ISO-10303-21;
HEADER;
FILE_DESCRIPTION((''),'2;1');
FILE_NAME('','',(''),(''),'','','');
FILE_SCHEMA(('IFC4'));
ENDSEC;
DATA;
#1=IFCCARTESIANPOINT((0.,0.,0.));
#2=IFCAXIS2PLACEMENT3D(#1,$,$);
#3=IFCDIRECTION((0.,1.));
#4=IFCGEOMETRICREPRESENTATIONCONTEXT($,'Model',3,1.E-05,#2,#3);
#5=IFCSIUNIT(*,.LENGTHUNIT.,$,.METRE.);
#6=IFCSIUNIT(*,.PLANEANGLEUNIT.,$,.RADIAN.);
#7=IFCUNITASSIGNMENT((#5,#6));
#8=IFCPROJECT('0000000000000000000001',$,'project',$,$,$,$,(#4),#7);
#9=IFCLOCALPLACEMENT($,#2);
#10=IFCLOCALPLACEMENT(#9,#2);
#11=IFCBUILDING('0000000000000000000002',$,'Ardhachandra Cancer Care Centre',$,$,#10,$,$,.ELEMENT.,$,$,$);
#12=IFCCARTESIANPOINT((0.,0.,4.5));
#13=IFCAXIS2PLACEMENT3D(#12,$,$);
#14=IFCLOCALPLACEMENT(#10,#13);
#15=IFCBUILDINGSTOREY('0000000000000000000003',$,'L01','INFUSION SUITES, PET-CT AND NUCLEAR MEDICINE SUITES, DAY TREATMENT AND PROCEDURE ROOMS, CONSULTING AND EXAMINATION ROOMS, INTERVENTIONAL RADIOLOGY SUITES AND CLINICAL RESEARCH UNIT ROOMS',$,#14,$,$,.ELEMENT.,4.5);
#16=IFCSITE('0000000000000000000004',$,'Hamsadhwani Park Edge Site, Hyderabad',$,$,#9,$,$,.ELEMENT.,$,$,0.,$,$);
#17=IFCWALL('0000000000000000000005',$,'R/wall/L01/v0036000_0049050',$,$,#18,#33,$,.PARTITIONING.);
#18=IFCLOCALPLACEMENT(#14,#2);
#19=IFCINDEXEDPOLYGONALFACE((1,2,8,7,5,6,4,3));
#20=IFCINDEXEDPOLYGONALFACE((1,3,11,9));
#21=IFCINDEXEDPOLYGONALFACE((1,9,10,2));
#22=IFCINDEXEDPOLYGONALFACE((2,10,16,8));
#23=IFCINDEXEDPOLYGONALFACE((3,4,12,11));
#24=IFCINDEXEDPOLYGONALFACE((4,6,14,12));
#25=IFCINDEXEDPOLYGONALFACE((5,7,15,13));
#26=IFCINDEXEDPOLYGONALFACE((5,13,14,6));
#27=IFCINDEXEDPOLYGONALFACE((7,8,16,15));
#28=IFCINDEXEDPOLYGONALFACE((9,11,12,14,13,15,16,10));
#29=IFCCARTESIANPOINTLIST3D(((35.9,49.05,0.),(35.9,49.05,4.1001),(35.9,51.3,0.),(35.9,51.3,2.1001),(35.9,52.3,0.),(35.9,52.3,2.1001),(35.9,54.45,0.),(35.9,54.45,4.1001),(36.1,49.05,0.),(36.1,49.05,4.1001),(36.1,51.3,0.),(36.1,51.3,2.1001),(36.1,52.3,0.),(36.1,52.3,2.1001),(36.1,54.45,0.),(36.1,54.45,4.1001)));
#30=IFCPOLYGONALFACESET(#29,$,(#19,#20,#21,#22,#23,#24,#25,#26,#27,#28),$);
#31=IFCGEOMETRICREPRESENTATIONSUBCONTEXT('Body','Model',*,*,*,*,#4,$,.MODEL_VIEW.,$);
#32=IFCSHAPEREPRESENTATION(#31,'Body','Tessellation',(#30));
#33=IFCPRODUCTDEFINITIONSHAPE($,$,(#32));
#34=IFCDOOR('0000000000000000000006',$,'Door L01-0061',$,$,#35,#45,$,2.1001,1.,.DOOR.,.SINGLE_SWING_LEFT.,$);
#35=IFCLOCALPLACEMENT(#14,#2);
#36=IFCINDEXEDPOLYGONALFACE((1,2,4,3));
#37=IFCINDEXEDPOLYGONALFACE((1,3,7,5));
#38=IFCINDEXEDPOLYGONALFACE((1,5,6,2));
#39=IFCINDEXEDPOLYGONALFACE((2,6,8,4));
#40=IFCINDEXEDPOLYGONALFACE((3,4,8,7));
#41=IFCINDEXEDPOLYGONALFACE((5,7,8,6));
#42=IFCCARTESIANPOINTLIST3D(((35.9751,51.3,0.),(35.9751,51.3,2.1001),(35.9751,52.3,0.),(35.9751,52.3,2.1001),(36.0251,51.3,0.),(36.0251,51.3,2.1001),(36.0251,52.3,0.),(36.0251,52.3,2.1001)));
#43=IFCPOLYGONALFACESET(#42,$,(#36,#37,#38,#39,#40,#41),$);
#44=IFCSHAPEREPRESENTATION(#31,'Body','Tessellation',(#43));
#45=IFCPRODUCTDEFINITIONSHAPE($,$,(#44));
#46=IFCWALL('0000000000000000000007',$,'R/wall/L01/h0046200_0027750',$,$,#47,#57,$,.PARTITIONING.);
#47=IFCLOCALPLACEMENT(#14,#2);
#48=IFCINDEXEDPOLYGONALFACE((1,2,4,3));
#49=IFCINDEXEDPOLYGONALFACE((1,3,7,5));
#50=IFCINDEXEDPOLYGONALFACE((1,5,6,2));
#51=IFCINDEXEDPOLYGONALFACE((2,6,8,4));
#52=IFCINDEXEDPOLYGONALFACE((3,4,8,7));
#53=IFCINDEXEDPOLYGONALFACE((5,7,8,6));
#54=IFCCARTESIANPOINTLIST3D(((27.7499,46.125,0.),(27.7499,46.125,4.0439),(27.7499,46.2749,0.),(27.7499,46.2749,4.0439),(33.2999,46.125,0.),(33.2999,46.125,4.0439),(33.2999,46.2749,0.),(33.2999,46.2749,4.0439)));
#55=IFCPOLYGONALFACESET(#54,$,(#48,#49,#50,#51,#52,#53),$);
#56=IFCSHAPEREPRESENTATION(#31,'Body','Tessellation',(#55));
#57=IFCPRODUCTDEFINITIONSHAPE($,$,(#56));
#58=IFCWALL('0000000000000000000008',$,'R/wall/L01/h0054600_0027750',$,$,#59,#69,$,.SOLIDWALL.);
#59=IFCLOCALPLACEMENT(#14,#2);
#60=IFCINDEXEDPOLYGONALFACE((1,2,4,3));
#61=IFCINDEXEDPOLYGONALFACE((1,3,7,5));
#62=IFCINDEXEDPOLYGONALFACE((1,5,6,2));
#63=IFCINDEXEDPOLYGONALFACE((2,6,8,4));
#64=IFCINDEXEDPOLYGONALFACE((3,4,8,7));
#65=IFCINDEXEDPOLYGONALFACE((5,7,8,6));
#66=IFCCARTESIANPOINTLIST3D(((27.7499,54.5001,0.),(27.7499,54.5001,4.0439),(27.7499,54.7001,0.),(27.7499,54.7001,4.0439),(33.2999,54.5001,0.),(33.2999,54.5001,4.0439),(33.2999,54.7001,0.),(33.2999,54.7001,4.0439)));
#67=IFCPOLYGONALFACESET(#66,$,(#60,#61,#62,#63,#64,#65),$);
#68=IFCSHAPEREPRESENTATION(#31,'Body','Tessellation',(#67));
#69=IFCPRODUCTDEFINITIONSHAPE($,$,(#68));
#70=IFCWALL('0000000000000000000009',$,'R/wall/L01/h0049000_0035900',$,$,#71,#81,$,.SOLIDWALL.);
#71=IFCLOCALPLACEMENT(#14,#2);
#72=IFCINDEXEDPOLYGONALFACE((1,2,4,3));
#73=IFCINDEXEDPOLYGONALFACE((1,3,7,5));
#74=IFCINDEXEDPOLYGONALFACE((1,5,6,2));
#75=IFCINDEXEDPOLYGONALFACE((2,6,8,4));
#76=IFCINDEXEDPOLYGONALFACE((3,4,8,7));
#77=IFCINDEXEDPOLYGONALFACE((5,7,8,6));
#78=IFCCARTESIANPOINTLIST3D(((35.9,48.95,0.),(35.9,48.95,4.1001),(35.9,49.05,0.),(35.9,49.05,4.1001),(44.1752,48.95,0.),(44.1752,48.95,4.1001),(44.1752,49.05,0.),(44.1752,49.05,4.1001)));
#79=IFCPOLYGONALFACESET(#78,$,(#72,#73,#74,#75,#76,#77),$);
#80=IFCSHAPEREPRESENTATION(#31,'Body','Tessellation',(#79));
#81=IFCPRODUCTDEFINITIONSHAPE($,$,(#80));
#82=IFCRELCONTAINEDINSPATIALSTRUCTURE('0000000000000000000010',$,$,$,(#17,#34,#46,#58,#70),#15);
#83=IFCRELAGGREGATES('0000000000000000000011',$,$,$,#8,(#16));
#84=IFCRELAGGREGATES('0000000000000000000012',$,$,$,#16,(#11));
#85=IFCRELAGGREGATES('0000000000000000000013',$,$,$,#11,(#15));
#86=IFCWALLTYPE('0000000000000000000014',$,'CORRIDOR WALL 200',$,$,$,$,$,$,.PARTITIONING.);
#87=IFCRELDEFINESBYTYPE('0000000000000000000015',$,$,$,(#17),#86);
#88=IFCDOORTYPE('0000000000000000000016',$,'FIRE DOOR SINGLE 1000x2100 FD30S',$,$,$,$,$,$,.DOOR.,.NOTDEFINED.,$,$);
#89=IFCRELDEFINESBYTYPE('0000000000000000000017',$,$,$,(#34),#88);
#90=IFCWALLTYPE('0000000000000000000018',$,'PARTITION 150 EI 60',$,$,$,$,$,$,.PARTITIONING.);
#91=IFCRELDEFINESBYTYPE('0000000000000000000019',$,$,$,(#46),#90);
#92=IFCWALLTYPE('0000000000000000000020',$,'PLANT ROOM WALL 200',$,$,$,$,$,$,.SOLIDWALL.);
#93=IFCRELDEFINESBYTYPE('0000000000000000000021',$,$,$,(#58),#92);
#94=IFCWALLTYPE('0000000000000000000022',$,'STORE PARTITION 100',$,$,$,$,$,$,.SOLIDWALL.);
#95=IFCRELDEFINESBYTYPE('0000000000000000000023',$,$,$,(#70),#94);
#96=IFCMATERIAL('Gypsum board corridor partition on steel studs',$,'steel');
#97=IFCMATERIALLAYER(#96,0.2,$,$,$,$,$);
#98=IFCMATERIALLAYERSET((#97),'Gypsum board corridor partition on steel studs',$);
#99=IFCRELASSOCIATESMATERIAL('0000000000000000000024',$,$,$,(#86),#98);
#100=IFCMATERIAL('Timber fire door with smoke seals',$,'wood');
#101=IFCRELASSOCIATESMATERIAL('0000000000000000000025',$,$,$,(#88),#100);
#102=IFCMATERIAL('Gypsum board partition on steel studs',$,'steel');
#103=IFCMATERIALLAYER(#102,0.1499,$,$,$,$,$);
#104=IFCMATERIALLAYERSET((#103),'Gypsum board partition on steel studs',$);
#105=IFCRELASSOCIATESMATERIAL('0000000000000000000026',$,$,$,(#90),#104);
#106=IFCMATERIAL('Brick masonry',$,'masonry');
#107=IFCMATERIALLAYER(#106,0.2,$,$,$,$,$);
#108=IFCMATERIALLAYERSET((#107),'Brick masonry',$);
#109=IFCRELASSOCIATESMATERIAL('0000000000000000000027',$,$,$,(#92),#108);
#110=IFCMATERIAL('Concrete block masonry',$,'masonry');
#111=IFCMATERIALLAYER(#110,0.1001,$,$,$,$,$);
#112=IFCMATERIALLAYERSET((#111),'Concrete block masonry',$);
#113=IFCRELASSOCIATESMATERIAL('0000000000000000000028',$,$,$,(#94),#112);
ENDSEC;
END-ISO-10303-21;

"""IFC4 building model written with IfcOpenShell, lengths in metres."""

from ifc_helpers import new_model, si_unit, direction, frame, frame_2d, origin, place, context, subcontext, project, spatial, rectangle, extrude, material, layer, layer_set, type_object, element, fill, save


model = new_model("IFC4")

# Units and contexts
model_context = context("Model", 3, precision=1e-05, world=origin(), true_north=direction((0.0, 1.0)))
body_context = subcontext(model_context, "Body", "Model", "MODEL_VIEW")
ifc_project = project(units=[si_unit("LENGTHUNIT", "METRE"), si_unit("PLANEANGLEUNIT", "RADIAN")], contexts=[model_context])

# Site, building, storey
site_placement = place(None, origin())
site = spatial("IfcSite", under=ifc_project, at=site_placement, Name="Hamsadhwani Park Edge Site, Hyderabad", CompositionType="ELEMENT", RefElevation=0.0)
building_placement = place(site_placement, origin())
building = spatial("IfcBuilding", under=site, at=building_placement, Name="Ardhachandra Cancer Care Centre", CompositionType="ELEMENT")
storey_placement = place(building_placement, frame((0.0, 0.0, 4.5)))
storey = spatial("IfcBuildingStorey", under=building, at=storey_placement, Name="L01", Description="INFUSION SUITES, PET-CT AND NUCLEAR MEDICINE SUITES, DAY TREATMENT AND PROCEDURE ROOMS, CONSULTING AND EXAMINATION ROOMS, INTERVENTIONAL RADIOLOGY SUITES AND CLINICAL RESEARCH UNIT ROOMS", CompositionType="ELEMENT", Elevation=4.5)

# Shared definitions
ifc_material_1 = material(Name="Gypsum board corridor partition on steel studs", Category="steel")
ifc_layer_1 = layer(ifc_material_1, 0.2)
ifc_layer_set_1 = layer_set([ifc_layer_1], Name="Gypsum board corridor partition on steel studs")
wall_type_1 = type_object("IfcWallType", Name="CORRIDOR WALL 200", PredefinedType="PARTITIONING", material=ifc_layer_set_1)

# Shared definitions
ifc_material_2 = material(Name="Timber fire door with smoke seals", Category="wood")
door_type = type_object("IfcDoorType", Name="FIRE DOOR SINGLE 1000x2100 FD30S", OperationType="NOTDEFINED", PredefinedType="DOOR", material=ifc_material_2)

# Wall, opening, door
wall_1_placement = place(storey_placement, frame((36.0, 49.05, 0.0), z_axis=(0.0, 0.0, 1.0), x_axis=(0.0, 1.0, 0.0)))
wall_1 = element("IfcWall", 1, at=wall_1_placement, inside=storey, type_object=wall_type_1, Name="R/wall/L01/v0036000_0049050", PredefinedType="PARTITIONING", context=body_context, shape_type="SweptSolid", body=[
    extrude(rectangle(XDim=5.3999, YDim=0.2, at=frame_2d((2.7, 0.0))), origin(), (0.0, 0.0, 1.0), 4.1001),
])
opening_1_placement = place(wall_1_placement, frame((2.25, 0.0, 0.0)))
opening_1 = element("IfcOpeningElement", 2, at=opening_1_placement, cuts=wall_1, PredefinedType="OPENING", context=body_context, shape_type="SweptSolid", body=[
    extrude(rectangle(XDim=1.0, YDim=2.1001, at=frame_2d((0.5, 1.05))), frame((0.0, 0.1099, 0.0), z_axis=(0.0, -1.0, 0.0), x_axis=(1.0, 0.0, 0.0)), (0.0, 0.0, 1.0), 0.22),
])
door_1_placement = place(opening_1_placement, origin())
door_1 = element("IfcDoor", 3, at=door_1_placement, inside=storey, type_object=door_type, Name="Door L01-0061", OperationType="SINGLE_SWING_LEFT", OverallHeight=2.1001, OverallWidth=1.0, PredefinedType="DOOR", context=body_context, shape_type="SweptSolid", body=[
    extrude(rectangle(XDim=1.0, YDim=2.1001, at=frame_2d((0.5, 1.05))), frame((0.0, 0.0249, 0.0), z_axis=(0.0, -1.0, 0.0), x_axis=(1.0, 0.0, 0.0)), (0.0, 0.0, 1.0), 0.05),
])
fill(opening_1, door_1)

# Walls
ifc_material_3 = material(Name="Gypsum board partition on steel studs", Category="steel")
ifc_layer_2 = layer(ifc_material_3, 0.1499)
ifc_layer_set_2 = layer_set([ifc_layer_2], Name="Gypsum board partition on steel studs")
wall_type_2 = type_object("IfcWallType", Name="PARTITION 150 EI 60", PredefinedType="PARTITIONING", material=ifc_layer_set_2)
wall_2_placement = place(storey_placement, frame((27.75, 46.2, 0.0), z_axis=(0.0, 0.0, 1.0), x_axis=(1.0, 0.0, 0.0)))
element("IfcWall", 4, at=wall_2_placement, inside=storey, type_object=wall_type_2, Name="R/wall/L01/h0046200_0027750", PredefinedType="PARTITIONING", context=body_context, shape_type="SweptSolid", body=[
    extrude(rectangle(XDim=5.55, YDim=0.1499, at=frame_2d((2.7749, 0.0))), origin(), (0.0, 0.0, 1.0), 4.0439),
])
ifc_material_4 = material(Name="Brick masonry", Category="masonry")
ifc_layer_3 = layer(ifc_material_4, 0.2)
ifc_layer_set_3 = layer_set([ifc_layer_3], Name="Brick masonry")
wall_type_3 = type_object("IfcWallType", Name="PLANT ROOM WALL 200", PredefinedType="SOLIDWALL", material=ifc_layer_set_3)
wall_3_placement = place(storey_placement, frame((27.75, 54.6001, 0.0), z_axis=(0.0, 0.0, 1.0), x_axis=(1.0, 0.0, 0.0)))
element("IfcWall", 5, at=wall_3_placement, inside=storey, type_object=wall_type_3, Name="R/wall/L01/h0054600_0027750", PredefinedType="SOLIDWALL", context=body_context, shape_type="SweptSolid", body=[
    extrude(rectangle(XDim=5.55, YDim=0.2, at=frame_2d((2.7749, 0.0))), origin(), (0.0, 0.0, 1.0), 4.0439),
])
ifc_material_5 = material(Name="Concrete block masonry", Category="masonry")
ifc_layer_4 = layer(ifc_material_5, 0.1001)
ifc_layer_set_4 = layer_set([ifc_layer_4], Name="Concrete block masonry")
wall_type_4 = type_object("IfcWallType", Name="STORE PARTITION 100", PredefinedType="SOLIDWALL", material=ifc_layer_set_4)
wall_4_placement = place(storey_placement, frame((35.8999, 49.0, 0.0), z_axis=(0.0, 0.0, 1.0), x_axis=(1.0, 0.0, 0.0)))
element("IfcWall", 6, at=wall_4_placement, inside=storey, type_object=wall_type_4, Name="R/wall/L01/h0049000_0035900", PredefinedType="SOLIDWALL", context=body_context, shape_type="SweptSolid", body=[
    extrude(rectangle(XDim=8.2751, YDim=0.1001, at=frame_2d((4.1377, 0.0))), origin(), (0.0, 0.0, 1.0), 4.1001),
])

save(model, "model.ifc")
